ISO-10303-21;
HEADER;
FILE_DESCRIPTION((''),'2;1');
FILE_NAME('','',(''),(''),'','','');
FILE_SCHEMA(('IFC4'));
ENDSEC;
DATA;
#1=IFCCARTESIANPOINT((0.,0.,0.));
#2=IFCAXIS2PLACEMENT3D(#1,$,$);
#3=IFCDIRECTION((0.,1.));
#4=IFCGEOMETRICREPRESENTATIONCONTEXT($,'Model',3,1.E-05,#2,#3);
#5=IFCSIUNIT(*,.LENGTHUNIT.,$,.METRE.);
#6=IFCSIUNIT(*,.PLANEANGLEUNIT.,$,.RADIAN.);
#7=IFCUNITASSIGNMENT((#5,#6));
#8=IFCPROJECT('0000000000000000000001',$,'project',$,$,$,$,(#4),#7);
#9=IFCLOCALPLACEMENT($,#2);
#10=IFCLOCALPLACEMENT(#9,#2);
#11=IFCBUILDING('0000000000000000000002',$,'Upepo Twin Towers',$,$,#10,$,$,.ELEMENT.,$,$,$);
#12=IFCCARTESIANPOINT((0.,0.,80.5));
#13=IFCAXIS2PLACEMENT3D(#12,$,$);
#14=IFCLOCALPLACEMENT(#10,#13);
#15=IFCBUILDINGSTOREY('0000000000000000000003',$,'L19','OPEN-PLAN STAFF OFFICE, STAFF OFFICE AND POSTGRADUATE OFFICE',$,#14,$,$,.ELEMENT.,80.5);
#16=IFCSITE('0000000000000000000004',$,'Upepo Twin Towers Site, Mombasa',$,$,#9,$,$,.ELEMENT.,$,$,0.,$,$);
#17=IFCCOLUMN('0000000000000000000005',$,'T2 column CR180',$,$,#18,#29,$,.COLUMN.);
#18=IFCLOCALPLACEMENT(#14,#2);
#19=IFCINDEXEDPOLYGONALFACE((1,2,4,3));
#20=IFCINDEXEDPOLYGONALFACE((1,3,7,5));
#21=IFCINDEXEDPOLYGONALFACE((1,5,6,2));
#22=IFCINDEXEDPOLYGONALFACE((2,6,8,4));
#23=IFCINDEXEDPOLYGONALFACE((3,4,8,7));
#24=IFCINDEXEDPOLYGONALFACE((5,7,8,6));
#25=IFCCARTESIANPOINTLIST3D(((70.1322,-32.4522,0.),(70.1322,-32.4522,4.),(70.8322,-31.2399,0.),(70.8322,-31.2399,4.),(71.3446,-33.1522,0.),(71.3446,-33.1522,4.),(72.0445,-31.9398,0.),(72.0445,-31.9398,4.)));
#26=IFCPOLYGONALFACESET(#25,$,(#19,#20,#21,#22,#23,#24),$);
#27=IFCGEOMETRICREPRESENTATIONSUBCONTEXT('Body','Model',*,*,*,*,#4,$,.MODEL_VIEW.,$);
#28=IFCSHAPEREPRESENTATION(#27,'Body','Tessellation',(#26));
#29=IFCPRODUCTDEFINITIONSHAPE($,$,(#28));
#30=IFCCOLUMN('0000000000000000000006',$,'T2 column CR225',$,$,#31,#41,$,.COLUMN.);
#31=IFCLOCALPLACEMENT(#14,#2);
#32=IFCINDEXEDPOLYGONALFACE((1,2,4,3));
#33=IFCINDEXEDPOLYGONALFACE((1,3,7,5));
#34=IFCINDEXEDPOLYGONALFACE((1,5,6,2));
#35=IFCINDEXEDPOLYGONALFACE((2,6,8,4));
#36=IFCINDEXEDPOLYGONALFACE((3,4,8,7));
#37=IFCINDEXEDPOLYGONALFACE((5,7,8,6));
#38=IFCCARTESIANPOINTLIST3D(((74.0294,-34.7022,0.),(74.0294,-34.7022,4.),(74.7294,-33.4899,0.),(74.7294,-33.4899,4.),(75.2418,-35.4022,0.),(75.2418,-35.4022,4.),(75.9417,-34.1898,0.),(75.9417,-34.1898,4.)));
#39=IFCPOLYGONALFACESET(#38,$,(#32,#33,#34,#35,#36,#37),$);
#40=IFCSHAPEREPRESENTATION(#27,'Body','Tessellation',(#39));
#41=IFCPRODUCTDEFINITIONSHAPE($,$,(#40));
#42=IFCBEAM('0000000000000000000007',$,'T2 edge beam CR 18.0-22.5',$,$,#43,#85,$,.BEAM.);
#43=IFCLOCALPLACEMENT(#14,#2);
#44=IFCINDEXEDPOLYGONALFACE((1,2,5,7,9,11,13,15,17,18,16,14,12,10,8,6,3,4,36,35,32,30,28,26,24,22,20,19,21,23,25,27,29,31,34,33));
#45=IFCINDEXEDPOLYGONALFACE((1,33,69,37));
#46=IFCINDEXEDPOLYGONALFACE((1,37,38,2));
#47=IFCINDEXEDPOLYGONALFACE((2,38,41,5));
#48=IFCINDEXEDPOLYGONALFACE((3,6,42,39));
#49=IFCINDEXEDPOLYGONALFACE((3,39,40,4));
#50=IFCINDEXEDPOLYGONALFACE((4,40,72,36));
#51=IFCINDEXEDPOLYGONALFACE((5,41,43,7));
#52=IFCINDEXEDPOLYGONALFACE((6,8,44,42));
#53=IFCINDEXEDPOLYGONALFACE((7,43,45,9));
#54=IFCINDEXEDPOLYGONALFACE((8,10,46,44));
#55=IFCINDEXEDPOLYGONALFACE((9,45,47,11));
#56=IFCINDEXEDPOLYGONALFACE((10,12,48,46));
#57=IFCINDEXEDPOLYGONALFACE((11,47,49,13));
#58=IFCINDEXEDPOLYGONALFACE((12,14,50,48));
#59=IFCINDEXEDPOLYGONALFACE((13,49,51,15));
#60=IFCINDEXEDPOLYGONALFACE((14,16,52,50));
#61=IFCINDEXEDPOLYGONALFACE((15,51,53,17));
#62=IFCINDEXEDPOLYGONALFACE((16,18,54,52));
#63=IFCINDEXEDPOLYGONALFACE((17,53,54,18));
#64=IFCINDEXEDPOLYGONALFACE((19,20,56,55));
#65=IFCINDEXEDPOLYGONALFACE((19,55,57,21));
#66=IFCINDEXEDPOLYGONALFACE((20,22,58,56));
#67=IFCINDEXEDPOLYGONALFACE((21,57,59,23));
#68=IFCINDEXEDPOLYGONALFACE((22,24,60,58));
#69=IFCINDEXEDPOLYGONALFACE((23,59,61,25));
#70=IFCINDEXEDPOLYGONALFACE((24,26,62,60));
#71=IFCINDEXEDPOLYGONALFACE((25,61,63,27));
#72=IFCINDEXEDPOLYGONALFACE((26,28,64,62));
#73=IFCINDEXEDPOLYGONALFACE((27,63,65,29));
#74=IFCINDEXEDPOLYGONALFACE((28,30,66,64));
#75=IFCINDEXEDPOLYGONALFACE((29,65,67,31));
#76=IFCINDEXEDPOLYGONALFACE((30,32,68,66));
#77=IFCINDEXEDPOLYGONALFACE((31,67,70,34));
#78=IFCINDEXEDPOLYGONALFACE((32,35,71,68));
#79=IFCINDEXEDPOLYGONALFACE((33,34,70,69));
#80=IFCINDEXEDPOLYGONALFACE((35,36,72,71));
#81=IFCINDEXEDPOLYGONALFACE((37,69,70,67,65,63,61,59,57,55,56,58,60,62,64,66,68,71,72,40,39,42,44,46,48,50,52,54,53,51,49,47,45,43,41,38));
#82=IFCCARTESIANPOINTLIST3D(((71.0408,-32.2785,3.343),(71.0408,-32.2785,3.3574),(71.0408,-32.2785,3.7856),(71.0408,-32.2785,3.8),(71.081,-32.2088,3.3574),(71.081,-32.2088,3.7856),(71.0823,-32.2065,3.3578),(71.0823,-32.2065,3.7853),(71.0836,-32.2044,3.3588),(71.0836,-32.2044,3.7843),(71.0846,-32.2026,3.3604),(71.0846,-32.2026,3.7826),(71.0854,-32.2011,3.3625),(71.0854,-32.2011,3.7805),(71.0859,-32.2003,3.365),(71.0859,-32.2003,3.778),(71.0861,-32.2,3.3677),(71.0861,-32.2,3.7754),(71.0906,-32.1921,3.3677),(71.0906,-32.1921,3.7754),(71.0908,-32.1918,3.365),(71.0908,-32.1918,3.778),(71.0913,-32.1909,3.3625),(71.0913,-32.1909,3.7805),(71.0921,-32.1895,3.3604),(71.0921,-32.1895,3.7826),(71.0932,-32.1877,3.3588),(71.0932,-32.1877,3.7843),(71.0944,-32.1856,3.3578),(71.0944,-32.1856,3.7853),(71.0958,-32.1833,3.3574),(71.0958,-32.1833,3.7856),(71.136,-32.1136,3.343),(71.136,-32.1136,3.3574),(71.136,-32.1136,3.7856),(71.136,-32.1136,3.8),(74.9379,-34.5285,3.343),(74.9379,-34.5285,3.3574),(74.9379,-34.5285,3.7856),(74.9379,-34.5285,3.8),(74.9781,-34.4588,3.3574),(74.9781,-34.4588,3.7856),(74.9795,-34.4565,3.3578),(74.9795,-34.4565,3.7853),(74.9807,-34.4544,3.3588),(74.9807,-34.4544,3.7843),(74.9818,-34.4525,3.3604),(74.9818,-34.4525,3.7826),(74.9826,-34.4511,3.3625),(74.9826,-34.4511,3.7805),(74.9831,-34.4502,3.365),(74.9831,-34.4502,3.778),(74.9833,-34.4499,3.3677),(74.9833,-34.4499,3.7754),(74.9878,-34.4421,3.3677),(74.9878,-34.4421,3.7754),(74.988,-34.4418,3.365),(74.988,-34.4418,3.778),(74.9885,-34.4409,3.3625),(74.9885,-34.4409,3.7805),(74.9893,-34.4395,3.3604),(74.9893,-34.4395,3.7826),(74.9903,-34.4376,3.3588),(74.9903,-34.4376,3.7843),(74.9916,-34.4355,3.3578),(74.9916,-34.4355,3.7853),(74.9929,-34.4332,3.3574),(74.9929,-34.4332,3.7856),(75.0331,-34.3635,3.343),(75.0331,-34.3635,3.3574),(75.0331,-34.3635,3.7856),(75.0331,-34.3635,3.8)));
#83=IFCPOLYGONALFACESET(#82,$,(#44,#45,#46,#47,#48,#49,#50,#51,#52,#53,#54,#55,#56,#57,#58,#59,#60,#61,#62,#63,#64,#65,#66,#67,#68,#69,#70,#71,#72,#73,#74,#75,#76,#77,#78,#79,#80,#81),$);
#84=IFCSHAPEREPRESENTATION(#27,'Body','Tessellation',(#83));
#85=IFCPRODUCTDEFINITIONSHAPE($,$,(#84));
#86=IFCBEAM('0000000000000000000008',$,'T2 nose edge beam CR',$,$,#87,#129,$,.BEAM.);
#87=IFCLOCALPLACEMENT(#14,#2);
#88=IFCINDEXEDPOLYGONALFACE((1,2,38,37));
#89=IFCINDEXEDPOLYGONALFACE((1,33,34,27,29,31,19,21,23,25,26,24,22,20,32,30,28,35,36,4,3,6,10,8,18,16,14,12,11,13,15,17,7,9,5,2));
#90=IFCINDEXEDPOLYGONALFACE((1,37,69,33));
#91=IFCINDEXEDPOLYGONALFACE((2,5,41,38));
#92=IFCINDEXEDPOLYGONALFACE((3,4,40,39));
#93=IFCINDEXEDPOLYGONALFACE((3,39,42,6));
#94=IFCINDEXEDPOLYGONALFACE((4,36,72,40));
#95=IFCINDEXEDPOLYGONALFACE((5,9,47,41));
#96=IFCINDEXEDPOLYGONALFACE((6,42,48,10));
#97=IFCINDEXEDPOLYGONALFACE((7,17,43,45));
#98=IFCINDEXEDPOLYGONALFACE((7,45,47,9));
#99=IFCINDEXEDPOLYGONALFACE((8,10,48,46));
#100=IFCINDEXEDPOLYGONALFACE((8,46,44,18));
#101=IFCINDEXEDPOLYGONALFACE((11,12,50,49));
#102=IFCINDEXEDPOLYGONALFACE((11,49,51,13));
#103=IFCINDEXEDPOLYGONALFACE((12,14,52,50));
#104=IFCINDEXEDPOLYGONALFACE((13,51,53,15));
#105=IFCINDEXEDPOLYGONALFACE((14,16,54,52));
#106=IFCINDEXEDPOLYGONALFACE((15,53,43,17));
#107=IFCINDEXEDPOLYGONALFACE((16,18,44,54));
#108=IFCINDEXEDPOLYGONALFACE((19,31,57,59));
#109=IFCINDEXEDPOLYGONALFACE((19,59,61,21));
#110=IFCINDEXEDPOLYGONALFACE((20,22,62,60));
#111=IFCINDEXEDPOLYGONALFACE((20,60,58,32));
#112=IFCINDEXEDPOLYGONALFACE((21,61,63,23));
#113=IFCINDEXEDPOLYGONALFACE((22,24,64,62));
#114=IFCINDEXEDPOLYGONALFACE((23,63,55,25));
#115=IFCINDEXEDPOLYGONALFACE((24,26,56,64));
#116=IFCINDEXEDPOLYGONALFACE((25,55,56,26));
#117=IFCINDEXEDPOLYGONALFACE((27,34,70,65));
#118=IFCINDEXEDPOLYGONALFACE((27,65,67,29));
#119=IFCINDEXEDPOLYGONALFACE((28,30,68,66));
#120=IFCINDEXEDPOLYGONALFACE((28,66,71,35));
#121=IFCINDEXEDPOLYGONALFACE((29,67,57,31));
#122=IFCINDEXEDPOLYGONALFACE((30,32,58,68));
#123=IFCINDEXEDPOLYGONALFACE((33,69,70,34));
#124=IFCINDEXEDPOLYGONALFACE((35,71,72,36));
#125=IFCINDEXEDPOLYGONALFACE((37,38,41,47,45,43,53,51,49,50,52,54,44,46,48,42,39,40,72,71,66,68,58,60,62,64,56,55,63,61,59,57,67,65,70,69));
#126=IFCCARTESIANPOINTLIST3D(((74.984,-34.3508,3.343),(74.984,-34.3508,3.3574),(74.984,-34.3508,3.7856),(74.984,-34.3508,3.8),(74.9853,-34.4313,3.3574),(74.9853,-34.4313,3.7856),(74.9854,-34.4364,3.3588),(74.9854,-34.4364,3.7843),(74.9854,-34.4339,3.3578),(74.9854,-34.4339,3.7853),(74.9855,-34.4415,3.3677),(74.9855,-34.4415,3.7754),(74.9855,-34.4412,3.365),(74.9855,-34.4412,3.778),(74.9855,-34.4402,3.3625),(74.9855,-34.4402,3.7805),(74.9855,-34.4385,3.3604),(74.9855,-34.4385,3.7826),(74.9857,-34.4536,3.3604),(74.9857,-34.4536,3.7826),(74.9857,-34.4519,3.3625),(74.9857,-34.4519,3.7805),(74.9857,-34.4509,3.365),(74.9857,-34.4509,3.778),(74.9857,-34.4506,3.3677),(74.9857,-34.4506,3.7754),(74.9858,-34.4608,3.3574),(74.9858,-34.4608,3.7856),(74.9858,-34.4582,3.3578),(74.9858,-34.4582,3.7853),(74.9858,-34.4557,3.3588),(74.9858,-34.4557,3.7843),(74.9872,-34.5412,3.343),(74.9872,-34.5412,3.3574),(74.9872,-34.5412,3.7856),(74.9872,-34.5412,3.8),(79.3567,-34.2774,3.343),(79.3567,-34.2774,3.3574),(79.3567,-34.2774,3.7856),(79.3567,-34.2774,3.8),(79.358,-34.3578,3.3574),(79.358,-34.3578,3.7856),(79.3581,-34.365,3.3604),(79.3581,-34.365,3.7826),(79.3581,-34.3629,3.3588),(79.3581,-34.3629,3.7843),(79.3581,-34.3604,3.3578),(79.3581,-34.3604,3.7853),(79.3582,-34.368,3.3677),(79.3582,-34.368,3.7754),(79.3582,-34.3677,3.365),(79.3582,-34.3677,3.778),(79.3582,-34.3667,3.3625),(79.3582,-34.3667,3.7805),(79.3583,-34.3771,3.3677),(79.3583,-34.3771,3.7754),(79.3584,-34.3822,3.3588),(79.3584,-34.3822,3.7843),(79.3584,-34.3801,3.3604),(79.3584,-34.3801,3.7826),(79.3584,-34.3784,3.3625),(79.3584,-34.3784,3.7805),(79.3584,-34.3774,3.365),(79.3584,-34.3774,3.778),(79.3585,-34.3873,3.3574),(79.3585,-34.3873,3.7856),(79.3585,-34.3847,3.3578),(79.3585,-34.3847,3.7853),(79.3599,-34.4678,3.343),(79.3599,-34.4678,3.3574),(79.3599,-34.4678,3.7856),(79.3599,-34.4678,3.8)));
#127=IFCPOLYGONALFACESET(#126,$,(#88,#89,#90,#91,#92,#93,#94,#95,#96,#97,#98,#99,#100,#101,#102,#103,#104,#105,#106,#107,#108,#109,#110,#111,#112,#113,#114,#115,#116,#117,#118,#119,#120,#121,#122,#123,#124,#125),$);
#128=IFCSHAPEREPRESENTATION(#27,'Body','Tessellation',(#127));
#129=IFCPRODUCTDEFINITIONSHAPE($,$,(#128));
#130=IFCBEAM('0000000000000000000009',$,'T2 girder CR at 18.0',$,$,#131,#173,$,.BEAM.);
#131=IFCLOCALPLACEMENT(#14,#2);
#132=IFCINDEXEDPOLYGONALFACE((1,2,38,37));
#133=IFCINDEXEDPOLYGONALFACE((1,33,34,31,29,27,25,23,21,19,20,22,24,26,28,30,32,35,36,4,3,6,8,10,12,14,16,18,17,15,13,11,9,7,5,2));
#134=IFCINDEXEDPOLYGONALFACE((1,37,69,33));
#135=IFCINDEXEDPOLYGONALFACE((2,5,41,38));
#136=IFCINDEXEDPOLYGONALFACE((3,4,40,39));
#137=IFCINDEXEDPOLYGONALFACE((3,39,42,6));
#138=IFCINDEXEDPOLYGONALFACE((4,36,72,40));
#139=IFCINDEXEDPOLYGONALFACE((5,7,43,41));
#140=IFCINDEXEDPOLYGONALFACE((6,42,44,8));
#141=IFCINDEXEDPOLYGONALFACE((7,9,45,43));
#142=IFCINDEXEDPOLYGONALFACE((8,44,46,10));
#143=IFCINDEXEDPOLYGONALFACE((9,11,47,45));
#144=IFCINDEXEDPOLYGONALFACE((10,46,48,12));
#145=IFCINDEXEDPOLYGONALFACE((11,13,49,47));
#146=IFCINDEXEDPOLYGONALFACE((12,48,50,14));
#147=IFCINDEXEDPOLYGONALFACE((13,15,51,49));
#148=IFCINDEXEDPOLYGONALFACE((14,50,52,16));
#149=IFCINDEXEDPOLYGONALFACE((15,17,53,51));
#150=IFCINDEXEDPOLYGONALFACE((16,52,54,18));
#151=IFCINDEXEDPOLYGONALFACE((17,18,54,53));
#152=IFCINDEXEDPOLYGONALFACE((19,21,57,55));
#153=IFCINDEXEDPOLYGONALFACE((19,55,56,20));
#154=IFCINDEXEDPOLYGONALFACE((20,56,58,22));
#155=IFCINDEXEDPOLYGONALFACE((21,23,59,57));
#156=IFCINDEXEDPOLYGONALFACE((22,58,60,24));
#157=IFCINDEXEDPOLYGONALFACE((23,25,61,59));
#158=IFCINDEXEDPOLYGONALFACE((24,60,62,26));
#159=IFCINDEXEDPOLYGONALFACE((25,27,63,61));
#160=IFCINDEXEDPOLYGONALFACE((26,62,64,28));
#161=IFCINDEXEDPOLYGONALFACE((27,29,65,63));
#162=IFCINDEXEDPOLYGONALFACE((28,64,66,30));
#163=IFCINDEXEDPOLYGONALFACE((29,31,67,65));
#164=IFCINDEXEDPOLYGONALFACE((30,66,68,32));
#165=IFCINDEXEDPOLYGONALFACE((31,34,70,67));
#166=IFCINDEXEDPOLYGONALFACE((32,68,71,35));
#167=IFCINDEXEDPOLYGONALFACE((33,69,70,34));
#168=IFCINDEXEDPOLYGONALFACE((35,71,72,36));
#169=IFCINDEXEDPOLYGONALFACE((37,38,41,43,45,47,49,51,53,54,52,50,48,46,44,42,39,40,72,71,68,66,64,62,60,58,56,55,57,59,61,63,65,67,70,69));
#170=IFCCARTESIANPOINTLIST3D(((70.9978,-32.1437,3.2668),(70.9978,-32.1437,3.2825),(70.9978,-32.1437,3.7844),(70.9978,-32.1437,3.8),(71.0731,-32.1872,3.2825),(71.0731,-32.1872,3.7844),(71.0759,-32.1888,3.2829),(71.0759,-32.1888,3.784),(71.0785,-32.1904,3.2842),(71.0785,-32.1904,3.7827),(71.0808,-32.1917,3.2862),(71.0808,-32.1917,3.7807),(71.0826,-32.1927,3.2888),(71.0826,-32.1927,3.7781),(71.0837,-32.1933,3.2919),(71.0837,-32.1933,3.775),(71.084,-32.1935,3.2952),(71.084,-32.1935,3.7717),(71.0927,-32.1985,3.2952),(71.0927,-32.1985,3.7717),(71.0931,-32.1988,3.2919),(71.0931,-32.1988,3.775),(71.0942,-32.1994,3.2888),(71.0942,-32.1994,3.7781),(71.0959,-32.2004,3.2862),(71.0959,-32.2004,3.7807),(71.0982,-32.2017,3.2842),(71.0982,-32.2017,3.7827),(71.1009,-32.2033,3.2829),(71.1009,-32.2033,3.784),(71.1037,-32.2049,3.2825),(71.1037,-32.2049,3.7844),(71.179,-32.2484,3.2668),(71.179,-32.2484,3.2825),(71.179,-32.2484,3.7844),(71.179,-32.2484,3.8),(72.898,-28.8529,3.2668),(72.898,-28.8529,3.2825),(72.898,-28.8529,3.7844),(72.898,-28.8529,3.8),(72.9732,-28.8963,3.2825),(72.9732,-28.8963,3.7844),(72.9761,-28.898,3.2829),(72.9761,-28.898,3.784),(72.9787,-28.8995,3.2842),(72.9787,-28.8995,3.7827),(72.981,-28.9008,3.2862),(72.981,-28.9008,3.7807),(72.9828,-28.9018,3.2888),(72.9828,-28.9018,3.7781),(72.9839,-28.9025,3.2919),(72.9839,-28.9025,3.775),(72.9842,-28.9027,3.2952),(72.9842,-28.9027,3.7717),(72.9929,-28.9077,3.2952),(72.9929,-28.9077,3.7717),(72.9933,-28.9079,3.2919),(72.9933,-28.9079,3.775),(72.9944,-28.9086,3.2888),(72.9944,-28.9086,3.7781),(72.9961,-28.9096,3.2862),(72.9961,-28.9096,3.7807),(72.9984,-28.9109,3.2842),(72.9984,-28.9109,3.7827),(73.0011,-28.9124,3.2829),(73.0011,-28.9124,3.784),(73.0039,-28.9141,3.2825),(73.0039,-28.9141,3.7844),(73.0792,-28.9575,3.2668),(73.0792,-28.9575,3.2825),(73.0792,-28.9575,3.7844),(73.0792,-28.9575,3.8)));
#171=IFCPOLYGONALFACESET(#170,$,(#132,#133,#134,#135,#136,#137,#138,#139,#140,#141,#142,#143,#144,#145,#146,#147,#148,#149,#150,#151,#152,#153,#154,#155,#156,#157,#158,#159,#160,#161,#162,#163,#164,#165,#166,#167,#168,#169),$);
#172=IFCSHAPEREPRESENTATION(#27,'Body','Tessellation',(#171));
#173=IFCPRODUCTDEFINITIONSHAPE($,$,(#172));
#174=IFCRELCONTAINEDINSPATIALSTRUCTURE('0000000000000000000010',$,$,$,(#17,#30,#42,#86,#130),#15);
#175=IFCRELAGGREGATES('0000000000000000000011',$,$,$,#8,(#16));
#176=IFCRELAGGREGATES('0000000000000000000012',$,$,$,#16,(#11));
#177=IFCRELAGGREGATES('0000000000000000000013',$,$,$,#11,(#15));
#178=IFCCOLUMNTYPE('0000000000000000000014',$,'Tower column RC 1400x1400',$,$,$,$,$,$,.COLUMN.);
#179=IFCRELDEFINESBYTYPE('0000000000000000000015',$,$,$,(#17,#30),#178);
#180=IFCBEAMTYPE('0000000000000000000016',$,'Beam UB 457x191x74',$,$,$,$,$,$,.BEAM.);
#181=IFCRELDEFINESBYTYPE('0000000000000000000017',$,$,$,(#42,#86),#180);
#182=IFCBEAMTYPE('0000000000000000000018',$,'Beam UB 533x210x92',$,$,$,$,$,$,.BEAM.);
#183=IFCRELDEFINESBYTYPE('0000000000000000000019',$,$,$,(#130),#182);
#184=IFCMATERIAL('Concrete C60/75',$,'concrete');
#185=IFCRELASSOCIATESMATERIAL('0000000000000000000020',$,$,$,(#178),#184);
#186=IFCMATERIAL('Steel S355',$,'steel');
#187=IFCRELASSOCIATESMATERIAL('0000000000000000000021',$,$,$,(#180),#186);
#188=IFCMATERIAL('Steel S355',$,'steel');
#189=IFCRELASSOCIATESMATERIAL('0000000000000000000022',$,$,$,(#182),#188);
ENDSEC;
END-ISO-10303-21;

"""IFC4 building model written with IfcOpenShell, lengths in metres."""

from ifc_helpers import new_model, si_unit, direction, frame, origin, origin_2d, place, context, subcontext, project, spatial, rectangle, i_section, extrude, material, material_profile, profile_set, type_object, element, save


model = new_model("IFC4")

# Units and contexts
model_context = context("Model", 3, precision=1e-05, world=origin(), true_north=direction((0.0, 1.0)))
body_context = subcontext(model_context, "Body", "Model", "MODEL_VIEW")
ifc_project = project(units=[si_unit("LENGTHUNIT", "METRE"), si_unit("PLANEANGLEUNIT", "RADIAN")], contexts=[model_context])

# Site, building, storey
site_placement = place(None, origin())
site = spatial("IfcSite", under=ifc_project, at=site_placement, Name="Upepo Twin Towers Site, Mombasa", CompositionType="ELEMENT", RefElevation=0.0)
building_placement = place(site_placement, origin())
building = spatial("IfcBuilding", under=site, at=building_placement, Name="Upepo Twin Towers", CompositionType="ELEMENT")
storey_placement = place(building_placement, frame((0.0, 0.0, 80.5)))
storey = spatial("IfcBuildingStorey", under=building, at=storey_placement, Name="L19", Description="OPEN-PLAN STAFF OFFICE, STAFF OFFICE AND POSTGRADUATE OFFICE", CompositionType="ELEMENT", Elevation=80.5)

# Columns
ifc_material_1 = material(Name="Concrete C60/75", Category="concrete")
ifc_material_profile_1 = material_profile(ifc_material_1, rectangle(XDim=1.3999, YDim=1.3999, at=origin_2d()), Name="RC 1400x1400")
ifc_profile_set_1 = profile_set([ifc_material_profile_1], Name="Concrete C60/75")
column_type = type_object("IfcColumnType", Name="Tower column RC 1400x1400", PredefinedType="COLUMN", material=ifc_profile_set_1)
for number, where, z_axis, x_axis, name in (
    (1, (71.0884, -32.196, 0.0), (0.0, 0.0, 1.0), (0.5, 0.866025, 0.0), "T2 column CR180"),
    (2, (74.9856, -34.446, 0.0), (0.0, 0.0, 1.0), (0.5, 0.866025, 0.0), "T2 column CR225"),
):
    element("IfcColumn", number, at=place(storey_placement, frame(where, z_axis=z_axis, x_axis=x_axis)), inside=storey, type_object=column_type, Name=name, PredefinedType="COLUMN", context=body_context, shape_type="SweptSolid", body=[
        extrude(rectangle(XDim=1.3999, YDim=1.3999, at=origin_2d()), origin(), (0.0, 0.0, 1.0), 4.0),
    ])

# Beams
ifc_material_2 = material(Name="Steel S355", Category="steel")
ifc_material_profile_2 = material_profile(ifc_material_2, i_section(OverallWidth=0.1904, OverallDepth=0.457, WebThickness=0.009, FlangeThickness=0.0144, FilletRadius=0.0103, at=origin_2d()), Name="UB 457x191x74")
ifc_profile_set_2 = profile_set([ifc_material_profile_2], Name="Steel S355")
beam_type_1 = type_object("IfcBeamType", Name="Beam UB 457x191x74", PredefinedType="BEAM", material=ifc_profile_set_2)
beam_1_placement = place(storey_placement, frame((71.0884, -32.196, 3.5715), z_axis=(0.866031, -0.49999, 0.0), x_axis=(0.49999, 0.866031, 0.0)))
element("IfcBeam", 3, at=beam_1_placement, inside=storey, type_object=beam_type_1, Name="T2 edge beam CR 18.0-22.5", PredefinedType="BEAM", context=body_context, shape_type="SweptSolid", body=[
    extrude(i_section(OverallWidth=0.1904, OverallDepth=0.457, WebThickness=0.009, FlangeThickness=0.0144, FilletRadius=0.0103, at=origin_2d()), origin(), (0.0, 0.0, 1.0), 4.5),
])
beam_2_placement = place(storey_placement, frame((74.9856, -34.446, 3.5715), z_axis=(0.999859, 0.016804, 0.0), x_axis=(-0.016804, 0.999859, 0.0)))
element("IfcBeam", 4, at=beam_2_placement, inside=storey, type_object=beam_type_1, Name="T2 nose edge beam CR", PredefinedType="BEAM", context=body_context, shape_type="SweptSolid", body=[
    extrude(i_section(OverallWidth=0.1904, OverallDepth=0.457, WebThickness=0.009, FlangeThickness=0.0144, FilletRadius=0.0103, at=origin_2d()), origin(), (0.0, 0.0, 1.0), 4.3733),
])
ifc_material_3 = material(Name="Steel S355", Category="steel")
ifc_material_profile_3 = material_profile(ifc_material_3, i_section(OverallWidth=0.2092, OverallDepth=0.5332, WebThickness=0.01, FlangeThickness=0.0156, FilletRadius=0.0127, at=origin_2d()), Name="UB 533x210x92")
ifc_profile_set_3 = profile_set([ifc_material_profile_3], Name="Steel S355")
beam_type_2 = type_object("IfcBeamType", Name="Beam UB 533x210x92", PredefinedType="BEAM", material=ifc_profile_set_3)
beam_3_placement = place(storey_placement, frame((71.0884, -32.196, 3.5334), z_axis=(0.500043, 0.866, 0.0), x_axis=(-0.866, 0.500043, 0.0)))
element("IfcBeam", 5, at=beam_3_placement, inside=storey, type_object=beam_type_2, Name="T2 girder CR at 18.0", PredefinedType="BEAM", context=body_context, shape_type="SweptSolid", body=[
    extrude(i_section(OverallWidth=0.2092, OverallDepth=0.5332, WebThickness=0.01, FlangeThickness=0.0156, FilletRadius=0.0127, at=origin_2d()), origin(), (0.0, 0.0, 1.0), 3.8),
])

save(model, "model.ifc")
